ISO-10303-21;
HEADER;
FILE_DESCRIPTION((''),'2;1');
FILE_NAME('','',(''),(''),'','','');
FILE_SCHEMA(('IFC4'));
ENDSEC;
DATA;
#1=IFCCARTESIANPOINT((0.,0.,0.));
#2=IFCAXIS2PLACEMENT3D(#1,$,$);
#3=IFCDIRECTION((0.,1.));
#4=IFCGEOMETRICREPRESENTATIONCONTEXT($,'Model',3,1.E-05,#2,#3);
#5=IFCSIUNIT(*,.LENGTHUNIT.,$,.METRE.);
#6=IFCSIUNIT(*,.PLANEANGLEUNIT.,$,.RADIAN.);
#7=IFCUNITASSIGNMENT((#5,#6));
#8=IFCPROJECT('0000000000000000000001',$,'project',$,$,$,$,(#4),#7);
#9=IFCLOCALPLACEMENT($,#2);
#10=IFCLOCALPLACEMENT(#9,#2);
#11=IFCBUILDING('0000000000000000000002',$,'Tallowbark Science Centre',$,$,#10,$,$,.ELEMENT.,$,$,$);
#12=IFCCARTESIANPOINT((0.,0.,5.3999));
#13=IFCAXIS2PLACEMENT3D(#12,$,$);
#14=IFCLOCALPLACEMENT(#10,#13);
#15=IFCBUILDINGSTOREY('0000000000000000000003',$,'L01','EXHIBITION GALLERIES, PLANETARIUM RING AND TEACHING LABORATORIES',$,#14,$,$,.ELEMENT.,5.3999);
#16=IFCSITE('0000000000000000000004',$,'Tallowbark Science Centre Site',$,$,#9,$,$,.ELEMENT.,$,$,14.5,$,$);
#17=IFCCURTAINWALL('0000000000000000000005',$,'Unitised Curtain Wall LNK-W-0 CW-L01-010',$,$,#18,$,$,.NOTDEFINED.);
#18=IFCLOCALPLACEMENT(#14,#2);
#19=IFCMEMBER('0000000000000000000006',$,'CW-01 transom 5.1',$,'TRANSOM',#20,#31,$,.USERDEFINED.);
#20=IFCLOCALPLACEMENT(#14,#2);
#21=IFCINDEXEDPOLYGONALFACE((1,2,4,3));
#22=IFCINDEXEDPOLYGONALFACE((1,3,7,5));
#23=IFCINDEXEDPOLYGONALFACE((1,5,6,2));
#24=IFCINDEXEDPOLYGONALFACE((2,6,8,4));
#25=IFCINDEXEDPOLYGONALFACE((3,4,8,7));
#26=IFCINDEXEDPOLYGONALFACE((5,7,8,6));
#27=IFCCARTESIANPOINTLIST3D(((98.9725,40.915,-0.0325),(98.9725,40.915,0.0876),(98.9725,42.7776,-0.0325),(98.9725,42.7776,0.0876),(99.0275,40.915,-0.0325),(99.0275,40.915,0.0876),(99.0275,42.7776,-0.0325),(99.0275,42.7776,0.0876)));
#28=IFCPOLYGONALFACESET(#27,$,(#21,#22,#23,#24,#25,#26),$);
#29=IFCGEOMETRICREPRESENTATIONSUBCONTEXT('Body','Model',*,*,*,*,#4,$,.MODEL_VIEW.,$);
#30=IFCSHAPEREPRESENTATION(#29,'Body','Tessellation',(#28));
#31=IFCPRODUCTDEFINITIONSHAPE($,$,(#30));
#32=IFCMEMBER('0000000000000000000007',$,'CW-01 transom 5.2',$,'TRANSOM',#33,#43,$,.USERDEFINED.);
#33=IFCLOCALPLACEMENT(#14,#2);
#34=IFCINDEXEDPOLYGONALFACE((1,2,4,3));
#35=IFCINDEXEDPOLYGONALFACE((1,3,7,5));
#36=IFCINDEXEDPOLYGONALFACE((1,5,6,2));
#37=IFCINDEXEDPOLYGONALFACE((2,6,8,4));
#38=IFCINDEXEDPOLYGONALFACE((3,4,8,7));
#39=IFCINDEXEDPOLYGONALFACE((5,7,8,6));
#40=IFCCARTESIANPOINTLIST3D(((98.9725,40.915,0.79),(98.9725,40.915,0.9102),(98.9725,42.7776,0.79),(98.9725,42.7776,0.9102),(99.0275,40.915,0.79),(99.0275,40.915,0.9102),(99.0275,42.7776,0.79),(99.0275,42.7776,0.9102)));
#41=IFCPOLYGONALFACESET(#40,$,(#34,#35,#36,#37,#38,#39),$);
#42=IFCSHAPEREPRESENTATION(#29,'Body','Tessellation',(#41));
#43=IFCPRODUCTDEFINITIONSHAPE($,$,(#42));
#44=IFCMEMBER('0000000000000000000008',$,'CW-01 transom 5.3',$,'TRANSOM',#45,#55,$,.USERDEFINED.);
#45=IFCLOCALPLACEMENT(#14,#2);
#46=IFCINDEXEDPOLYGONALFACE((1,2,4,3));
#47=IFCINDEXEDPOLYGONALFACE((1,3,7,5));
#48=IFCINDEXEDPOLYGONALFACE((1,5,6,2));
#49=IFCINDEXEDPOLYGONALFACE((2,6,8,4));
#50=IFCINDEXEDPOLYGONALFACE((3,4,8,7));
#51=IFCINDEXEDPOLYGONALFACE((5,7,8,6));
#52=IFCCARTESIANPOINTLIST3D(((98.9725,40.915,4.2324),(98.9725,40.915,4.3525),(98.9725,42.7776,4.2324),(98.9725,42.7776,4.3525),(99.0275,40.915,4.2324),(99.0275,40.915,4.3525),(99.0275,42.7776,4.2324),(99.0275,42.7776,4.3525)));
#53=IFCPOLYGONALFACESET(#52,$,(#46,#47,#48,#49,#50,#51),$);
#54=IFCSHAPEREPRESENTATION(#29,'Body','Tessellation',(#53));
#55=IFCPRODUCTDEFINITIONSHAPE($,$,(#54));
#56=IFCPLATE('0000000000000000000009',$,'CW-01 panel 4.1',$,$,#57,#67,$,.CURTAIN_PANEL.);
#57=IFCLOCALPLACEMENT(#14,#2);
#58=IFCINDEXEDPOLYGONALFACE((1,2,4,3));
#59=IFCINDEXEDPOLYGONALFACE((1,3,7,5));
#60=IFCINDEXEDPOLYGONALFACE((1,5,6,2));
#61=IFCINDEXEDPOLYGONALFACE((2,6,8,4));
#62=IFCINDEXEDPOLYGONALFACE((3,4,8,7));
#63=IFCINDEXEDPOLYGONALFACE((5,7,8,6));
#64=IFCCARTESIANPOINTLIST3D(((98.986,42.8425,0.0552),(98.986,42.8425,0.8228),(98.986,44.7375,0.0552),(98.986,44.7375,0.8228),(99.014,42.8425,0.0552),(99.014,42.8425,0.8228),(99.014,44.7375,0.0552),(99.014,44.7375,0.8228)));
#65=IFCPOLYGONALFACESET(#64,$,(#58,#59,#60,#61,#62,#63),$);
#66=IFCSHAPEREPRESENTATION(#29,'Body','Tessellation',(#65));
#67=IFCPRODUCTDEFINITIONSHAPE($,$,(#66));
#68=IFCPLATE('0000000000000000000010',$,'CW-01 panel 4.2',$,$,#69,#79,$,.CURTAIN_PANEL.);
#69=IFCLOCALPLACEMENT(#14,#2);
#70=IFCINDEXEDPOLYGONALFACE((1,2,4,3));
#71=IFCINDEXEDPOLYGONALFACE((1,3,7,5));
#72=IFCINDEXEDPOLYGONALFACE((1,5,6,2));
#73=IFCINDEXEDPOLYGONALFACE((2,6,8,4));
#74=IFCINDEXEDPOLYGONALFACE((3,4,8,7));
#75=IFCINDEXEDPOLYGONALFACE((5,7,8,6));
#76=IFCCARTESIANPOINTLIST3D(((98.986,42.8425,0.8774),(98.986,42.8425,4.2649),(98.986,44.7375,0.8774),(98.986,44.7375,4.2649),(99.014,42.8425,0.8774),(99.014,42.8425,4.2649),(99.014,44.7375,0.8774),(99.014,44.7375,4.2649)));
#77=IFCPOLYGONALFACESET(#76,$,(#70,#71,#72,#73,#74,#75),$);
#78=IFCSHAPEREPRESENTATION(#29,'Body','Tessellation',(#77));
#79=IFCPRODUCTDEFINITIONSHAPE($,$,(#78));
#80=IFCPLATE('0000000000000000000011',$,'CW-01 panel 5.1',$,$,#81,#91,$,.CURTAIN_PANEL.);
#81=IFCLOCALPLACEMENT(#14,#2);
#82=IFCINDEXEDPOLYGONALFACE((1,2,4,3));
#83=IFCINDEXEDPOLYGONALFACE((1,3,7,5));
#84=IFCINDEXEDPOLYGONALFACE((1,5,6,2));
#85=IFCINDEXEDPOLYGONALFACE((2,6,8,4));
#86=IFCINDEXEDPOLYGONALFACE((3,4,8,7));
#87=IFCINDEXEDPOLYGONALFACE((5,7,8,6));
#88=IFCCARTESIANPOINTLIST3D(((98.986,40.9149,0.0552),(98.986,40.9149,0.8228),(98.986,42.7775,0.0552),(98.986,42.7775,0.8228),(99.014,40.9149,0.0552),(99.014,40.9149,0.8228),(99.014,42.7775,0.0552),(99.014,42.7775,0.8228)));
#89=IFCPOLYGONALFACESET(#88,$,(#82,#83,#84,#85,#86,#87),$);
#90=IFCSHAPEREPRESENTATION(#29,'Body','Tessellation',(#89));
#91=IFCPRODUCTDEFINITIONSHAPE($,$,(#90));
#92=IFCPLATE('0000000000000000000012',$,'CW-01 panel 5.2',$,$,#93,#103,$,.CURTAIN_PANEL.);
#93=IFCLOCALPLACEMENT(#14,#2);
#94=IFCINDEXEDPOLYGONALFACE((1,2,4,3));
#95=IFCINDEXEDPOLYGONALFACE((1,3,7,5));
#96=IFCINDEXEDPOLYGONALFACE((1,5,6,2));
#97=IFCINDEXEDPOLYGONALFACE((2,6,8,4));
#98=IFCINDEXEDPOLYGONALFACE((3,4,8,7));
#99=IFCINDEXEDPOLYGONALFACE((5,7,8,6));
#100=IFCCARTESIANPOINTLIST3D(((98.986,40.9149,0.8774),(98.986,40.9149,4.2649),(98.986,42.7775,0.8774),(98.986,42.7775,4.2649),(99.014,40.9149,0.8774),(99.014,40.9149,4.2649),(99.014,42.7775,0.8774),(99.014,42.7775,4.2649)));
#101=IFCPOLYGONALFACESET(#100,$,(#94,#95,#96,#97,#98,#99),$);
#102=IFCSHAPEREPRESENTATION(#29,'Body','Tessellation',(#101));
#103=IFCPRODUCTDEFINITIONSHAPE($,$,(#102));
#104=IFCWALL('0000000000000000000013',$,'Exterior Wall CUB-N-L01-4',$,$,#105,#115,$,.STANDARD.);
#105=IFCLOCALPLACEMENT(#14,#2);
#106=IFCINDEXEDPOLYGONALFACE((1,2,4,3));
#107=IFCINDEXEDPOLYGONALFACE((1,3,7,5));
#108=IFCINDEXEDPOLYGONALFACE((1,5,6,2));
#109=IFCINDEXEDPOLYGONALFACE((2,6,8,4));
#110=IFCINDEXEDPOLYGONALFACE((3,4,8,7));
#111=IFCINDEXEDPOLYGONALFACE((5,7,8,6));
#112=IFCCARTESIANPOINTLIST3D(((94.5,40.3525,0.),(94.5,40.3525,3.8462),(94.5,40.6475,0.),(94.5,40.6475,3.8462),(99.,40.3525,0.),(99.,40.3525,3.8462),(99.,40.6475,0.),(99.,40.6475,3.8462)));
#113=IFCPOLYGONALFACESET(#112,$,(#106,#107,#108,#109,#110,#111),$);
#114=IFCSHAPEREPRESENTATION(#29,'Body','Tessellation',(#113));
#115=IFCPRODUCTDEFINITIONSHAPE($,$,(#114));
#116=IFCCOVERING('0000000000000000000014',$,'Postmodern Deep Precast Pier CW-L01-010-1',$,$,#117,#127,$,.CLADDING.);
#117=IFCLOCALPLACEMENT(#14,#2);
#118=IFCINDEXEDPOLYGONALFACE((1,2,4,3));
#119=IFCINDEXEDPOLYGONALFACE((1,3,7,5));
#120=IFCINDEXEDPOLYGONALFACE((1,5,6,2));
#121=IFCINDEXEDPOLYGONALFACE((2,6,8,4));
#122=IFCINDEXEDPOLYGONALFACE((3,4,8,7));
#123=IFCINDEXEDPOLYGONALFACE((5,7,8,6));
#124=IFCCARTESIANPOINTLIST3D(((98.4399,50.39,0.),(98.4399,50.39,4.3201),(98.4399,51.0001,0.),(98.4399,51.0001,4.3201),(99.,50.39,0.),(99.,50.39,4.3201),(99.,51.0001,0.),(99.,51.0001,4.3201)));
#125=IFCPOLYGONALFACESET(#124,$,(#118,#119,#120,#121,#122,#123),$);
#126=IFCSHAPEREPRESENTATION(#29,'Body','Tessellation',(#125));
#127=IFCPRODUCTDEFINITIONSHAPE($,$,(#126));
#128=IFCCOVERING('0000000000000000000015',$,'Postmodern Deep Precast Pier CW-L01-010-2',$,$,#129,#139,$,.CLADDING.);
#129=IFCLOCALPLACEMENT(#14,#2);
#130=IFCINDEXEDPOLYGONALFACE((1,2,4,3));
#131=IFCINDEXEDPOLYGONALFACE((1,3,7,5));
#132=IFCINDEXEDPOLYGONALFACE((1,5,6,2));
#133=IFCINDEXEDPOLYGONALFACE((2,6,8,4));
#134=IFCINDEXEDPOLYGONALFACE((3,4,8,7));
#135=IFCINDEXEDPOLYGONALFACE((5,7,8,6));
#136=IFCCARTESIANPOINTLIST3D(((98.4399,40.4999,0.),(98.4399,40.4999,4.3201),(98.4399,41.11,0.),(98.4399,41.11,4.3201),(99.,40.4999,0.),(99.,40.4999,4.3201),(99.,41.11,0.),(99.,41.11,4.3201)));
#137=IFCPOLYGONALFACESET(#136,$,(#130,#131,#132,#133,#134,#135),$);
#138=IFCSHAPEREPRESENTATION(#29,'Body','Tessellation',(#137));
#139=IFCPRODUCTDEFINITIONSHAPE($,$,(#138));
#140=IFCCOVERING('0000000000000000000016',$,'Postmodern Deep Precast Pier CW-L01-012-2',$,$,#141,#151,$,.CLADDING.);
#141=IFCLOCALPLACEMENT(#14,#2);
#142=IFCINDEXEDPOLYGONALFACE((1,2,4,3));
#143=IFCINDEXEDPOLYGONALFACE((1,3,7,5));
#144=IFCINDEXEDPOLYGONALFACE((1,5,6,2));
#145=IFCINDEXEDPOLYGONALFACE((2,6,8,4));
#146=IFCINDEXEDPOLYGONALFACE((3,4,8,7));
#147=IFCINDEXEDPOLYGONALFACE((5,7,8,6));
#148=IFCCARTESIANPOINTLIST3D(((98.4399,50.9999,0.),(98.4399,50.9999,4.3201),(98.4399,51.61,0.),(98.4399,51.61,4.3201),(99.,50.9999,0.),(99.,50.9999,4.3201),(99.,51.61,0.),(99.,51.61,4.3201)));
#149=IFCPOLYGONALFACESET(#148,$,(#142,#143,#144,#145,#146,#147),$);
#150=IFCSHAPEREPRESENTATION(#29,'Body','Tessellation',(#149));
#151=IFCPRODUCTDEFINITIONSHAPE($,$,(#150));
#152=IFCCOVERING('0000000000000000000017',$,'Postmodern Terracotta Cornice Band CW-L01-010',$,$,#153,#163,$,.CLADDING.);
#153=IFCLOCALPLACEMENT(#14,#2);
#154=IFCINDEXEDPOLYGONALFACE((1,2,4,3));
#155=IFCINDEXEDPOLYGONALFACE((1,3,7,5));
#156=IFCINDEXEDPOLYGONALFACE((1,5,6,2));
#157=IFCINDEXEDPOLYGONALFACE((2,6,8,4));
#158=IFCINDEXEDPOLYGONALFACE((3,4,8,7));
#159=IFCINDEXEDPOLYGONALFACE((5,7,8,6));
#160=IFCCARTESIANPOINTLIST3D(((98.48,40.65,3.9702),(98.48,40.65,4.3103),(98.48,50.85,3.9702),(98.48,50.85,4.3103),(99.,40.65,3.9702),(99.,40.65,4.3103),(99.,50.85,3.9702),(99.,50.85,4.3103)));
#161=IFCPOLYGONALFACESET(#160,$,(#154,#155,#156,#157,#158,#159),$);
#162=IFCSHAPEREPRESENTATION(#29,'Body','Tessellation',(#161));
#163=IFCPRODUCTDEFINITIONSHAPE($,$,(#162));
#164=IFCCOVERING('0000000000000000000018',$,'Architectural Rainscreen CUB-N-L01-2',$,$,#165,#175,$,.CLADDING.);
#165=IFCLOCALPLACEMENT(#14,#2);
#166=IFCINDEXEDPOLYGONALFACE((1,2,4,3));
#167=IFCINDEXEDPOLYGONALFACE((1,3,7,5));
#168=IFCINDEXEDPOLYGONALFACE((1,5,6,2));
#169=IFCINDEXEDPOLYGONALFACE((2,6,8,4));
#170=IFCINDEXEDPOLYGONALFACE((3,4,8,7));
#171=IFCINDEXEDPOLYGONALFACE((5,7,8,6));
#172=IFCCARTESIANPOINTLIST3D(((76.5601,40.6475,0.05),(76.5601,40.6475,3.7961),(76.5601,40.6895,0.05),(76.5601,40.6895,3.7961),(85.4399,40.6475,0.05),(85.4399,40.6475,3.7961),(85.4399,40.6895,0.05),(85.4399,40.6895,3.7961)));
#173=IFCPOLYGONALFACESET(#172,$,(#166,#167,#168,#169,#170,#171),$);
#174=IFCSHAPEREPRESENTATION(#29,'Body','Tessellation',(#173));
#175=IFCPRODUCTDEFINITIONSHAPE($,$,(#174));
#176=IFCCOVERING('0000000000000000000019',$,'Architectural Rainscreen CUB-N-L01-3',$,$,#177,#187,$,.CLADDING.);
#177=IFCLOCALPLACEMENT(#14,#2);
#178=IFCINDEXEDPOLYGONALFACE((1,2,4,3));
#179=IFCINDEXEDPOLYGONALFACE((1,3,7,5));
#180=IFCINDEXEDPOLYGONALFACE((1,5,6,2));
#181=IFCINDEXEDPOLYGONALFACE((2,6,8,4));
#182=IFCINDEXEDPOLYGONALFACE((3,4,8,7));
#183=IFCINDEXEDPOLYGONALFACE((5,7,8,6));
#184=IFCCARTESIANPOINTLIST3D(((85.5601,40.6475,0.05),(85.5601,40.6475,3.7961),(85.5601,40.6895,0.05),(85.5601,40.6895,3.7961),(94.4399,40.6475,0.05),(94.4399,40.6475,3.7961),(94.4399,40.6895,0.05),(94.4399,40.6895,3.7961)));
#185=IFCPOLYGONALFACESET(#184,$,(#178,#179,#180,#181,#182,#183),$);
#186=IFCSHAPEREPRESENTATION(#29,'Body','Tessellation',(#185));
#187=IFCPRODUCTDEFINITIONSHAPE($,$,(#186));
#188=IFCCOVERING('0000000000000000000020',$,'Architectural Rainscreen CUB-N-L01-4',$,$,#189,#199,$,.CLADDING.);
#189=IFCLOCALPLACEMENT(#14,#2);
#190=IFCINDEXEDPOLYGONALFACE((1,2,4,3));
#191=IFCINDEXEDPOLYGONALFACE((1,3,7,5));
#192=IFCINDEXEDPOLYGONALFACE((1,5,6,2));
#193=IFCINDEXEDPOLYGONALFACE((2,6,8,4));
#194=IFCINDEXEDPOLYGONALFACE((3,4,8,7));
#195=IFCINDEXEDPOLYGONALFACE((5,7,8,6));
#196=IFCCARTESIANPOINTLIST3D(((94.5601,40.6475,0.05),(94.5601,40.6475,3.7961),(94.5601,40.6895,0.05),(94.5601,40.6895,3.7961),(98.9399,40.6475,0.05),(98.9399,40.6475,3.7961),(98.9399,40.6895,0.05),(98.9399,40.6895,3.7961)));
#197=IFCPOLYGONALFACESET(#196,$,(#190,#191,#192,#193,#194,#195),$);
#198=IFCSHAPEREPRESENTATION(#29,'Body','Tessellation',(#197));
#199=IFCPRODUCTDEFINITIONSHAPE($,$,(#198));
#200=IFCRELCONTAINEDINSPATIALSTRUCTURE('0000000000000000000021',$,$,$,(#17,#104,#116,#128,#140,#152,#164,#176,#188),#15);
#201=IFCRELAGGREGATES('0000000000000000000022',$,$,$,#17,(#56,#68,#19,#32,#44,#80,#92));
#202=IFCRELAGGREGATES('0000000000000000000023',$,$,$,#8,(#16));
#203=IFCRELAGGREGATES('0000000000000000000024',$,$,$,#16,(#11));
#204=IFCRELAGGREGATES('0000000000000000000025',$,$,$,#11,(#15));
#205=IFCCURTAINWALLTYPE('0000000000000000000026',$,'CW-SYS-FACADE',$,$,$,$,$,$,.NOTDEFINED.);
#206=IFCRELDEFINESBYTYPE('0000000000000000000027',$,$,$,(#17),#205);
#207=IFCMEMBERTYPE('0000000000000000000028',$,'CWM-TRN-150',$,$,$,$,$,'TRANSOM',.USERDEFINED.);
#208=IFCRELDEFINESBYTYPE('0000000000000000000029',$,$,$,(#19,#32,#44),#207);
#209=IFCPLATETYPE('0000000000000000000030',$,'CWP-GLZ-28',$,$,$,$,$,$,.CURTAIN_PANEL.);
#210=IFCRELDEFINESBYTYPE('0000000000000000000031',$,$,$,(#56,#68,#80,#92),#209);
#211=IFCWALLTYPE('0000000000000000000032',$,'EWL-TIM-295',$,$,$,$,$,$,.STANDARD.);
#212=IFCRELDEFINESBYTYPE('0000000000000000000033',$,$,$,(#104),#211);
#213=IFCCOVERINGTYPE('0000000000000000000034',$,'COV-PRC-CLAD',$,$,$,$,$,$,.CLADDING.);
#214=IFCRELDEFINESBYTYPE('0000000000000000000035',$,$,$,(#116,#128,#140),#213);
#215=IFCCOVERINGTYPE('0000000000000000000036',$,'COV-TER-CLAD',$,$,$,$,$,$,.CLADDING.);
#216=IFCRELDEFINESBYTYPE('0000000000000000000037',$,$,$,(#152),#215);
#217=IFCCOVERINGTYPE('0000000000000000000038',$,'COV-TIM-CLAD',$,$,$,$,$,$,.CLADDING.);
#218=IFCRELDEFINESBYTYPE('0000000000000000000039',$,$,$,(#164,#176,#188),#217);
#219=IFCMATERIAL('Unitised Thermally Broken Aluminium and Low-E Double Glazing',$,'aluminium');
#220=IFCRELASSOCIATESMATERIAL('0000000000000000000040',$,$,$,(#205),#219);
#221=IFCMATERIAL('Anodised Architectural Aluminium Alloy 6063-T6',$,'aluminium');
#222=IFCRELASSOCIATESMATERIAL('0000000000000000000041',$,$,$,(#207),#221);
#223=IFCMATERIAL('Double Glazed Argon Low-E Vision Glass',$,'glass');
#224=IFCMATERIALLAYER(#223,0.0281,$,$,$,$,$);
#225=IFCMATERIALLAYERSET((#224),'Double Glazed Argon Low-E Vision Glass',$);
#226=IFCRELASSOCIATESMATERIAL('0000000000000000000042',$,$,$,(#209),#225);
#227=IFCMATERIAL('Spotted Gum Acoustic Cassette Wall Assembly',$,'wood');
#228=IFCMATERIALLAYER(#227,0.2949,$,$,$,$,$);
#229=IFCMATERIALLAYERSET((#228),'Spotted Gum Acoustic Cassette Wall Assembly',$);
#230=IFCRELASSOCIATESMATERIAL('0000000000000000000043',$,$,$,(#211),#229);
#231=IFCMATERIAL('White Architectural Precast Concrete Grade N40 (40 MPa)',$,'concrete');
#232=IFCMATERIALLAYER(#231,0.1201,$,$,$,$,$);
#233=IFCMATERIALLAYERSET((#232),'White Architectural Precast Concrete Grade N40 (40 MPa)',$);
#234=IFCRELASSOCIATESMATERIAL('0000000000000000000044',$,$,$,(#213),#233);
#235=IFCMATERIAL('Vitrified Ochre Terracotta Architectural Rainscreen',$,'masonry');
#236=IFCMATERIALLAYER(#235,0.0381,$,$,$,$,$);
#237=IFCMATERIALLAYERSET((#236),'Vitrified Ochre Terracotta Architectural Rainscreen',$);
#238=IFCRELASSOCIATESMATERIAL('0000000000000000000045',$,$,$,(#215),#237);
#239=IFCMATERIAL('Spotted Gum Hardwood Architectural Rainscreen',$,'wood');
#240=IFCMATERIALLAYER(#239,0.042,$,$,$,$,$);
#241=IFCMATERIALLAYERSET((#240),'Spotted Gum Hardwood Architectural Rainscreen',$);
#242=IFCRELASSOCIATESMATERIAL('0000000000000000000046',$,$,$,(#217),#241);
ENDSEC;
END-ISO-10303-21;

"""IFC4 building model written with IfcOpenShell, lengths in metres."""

from ifc_helpers import new_model, si_unit, direction, frame, frame_2d, origin, origin_2d, place, context, subcontext, project, spatial, rectangle, extrude, material, layer, layer_set, material_profile, profile_set, type_object, element, aggregate, save


model = new_model("IFC4")

# Units and contexts
model_context = context("Model", 3, precision=1e-05, world=origin(), true_north=direction((0.0, 1.0)))
body_context = subcontext(model_context, "Body", "Model", "MODEL_VIEW")
ifc_project = project(units=[si_unit("LENGTHUNIT", "METRE"), si_unit("PLANEANGLEUNIT", "RADIAN")], contexts=[model_context])

# Site, building, storey
site_placement = place(None, origin())
site = spatial("IfcSite", under=ifc_project, at=site_placement, Name="Tallowbark Science Centre Site", CompositionType="ELEMENT", RefElevation=14.5)
building_placement = place(site_placement, origin())
building = spatial("IfcBuilding", under=site, at=building_placement, Name="Tallowbark Science Centre", CompositionType="ELEMENT")
storey_placement = place(building_placement, frame((0.0, 0.0, 5.3999)))
storey = spatial("IfcBuildingStorey", under=building, at=storey_placement, Name="L01", Description="EXHIBITION GALLERIES, PLANETARIUM RING AND TEACHING LABORATORIES", CompositionType="ELEMENT", Elevation=5.3999)

# Curtain wall, members, plates
ifc_material_1 = material(Name="Unitised Thermally Broken Aluminium and Low-E Double Glazing", Category="aluminium")
curtain_wall_type = type_object("IfcCurtainWallType", Name="CW-SYS-FACADE", PredefinedType="NOTDEFINED", material=ifc_material_1)
curtain_wall_placement = place(storey_placement, origin())
curtain_wall = element("IfcCurtainWall", 1, at=curtain_wall_placement, inside=storey, type_object=curtain_wall_type, Name="Unitised Curtain Wall LNK-W-0 CW-L01-010", PredefinedType="NOTDEFINED")
ifc_material_2 = material(Name="Anodised Architectural Aluminium Alloy 6063-T6", Category="aluminium")
ifc_material_profile_1 = material_profile(ifc_material_2, rectangle(XDim=0.0549, YDim=0.1201, at=origin_2d()), Name="ALU55x120")
ifc_profile_set_1 = profile_set([ifc_material_profile_1], Name="Anodised Architectural Aluminium Alloy 6063-T6")
member_type_1 = type_object("IfcMemberType", Name="CWM-TRN-150", ElementType="TRANSOM", PredefinedType="USERDEFINED", material=ifc_profile_set_1)
member_1_placement = place(storey_placement, frame((99.0, 42.7776, 0.0276), z_axis=(0.0, -1.0, 0.0), x_axis=(1.0, 0.0, 0.0)))
member_1 = element("IfcMember", 2, at=member_1_placement, type_object=member_type_1, Name="CW-01 transom 5.1", ObjectType="TRANSOM", PredefinedType="USERDEFINED", context=body_context, shape_type="SweptSolid", body=[
    extrude(rectangle(XDim=0.0549, YDim=0.1201, at=origin_2d()), origin(), (0.0, 0.0, 1.0), 1.8625),
])
member_2_placement = place(storey_placement, frame((99.0, 42.7776, 0.8501), z_axis=(0.0, -1.0, 0.0), x_axis=(1.0, 0.0, 0.0)))
member_2 = element("IfcMember", 3, at=member_2_placement, type_object=member_type_1, Name="CW-01 transom 5.2", ObjectType="TRANSOM", PredefinedType="USERDEFINED", context=body_context, shape_type="SweptSolid", body=[
    extrude(rectangle(XDim=0.0549, YDim=0.1201, at=origin_2d()), origin(), (0.0, 0.0, 1.0), 1.8625),
])
member_3_placement = place(storey_placement, frame((99.0, 42.7776, 4.2925), z_axis=(0.0, -1.0, 0.0), x_axis=(1.0, 0.0, 0.0)))
member_3 = element("IfcMember", 4, at=member_3_placement, type_object=member_type_1, Name="CW-01 transom 5.3", ObjectType="TRANSOM", PredefinedType="USERDEFINED", context=body_context, shape_type="SweptSolid", body=[
    extrude(rectangle(XDim=0.0549, YDim=0.1201, at=origin_2d()), origin(), (0.0, 0.0, 1.0), 1.8625),
])
ifc_material_3 = material(Name="Double Glazed Argon Low-E Vision Glass", Category="glass")
ifc_layer_1 = layer(ifc_material_3, 0.0281)
ifc_layer_set_1 = layer_set([ifc_layer_1], Name="Double Glazed Argon Low-E Vision Glass")
plate_type = type_object("IfcPlateType", Name="CWP-GLZ-28", PredefinedType="CURTAIN_PANEL", material=ifc_layer_set_1)
plate_1_placement = place(storey_placement, frame((99.0, 43.79, 0.0552), z_axis=(0.0, 0.0, 1.0), x_axis=(0.0, -1.0, 0.0)))
plate_1 = element("IfcPlate", 5, at=plate_1_placement, type_object=plate_type, Name="CW-01 panel 4.1", PredefinedType="CURTAIN_PANEL", context=body_context, shape_type="SweptSolid", body=[
    extrude(rectangle(XDim=1.895, YDim=0.0281, at=origin_2d()), origin(), (0.0, 0.0, 1.0), 0.7676),
])
plate_2_placement = place(storey_placement, frame((99.0, 43.79, 0.8774), z_axis=(0.0, 0.0, 1.0), x_axis=(0.0, -1.0, 0.0)))
plate_2 = element("IfcPlate", 6, at=plate_2_placement, type_object=plate_type, Name="CW-01 panel 4.2", PredefinedType="CURTAIN_PANEL", context=body_context, shape_type="SweptSolid", body=[
    extrude(rectangle(XDim=1.895, YDim=0.0281, at=origin_2d()), origin(), (0.0, 0.0, 1.0), 3.3875),
])
plate_3_placement = place(storey_placement, frame((99.0, 41.8462, 0.0552), z_axis=(0.0, 0.0, 1.0), x_axis=(0.0, -1.0, 0.0)))
plate_3 = element("IfcPlate", 7, at=plate_3_placement, type_object=plate_type, Name="CW-01 panel 5.1", PredefinedType="CURTAIN_PANEL", context=body_context, shape_type="SweptSolid", body=[
    extrude(rectangle(XDim=1.8625, YDim=0.0281, at=origin_2d()), origin(), (0.0, 0.0, 1.0), 0.7676),
])
plate_4_placement = place(storey_placement, frame((99.0, 41.8462, 0.8774), z_axis=(0.0, 0.0, 1.0), x_axis=(0.0, -1.0, 0.0)))
plate_4 = element("IfcPlate", 8, at=plate_4_placement, type_object=plate_type, Name="CW-01 panel 5.2", PredefinedType="CURTAIN_PANEL", context=body_context, shape_type="SweptSolid", body=[
    extrude(rectangle(XDim=1.8625, YDim=0.0281, at=origin_2d()), origin(), (0.0, 0.0, 1.0), 3.3875),
])
aggregate(curtain_wall, [plate_1, plate_2, member_1, member_2, member_3, plate_3, plate_4])

# Wall
ifc_material_4 = material(Name="Spotted Gum Acoustic Cassette Wall Assembly", Category="wood")
ifc_layer_2 = layer(ifc_material_4, 0.2949)
ifc_layer_set_2 = layer_set([ifc_layer_2], Name="Spotted Gum Acoustic Cassette Wall Assembly")
wall_type = type_object("IfcWallType", Name="EWL-TIM-295", PredefinedType="STANDARD", material=ifc_layer_set_2)
wall_placement = place(storey_placement, frame((99.0, 40.5, 0.0), z_axis=(0.0, 0.0, 1.0), x_axis=(-1.0, 0.0, 0.0)))
element("IfcWall", 9, at=wall_placement, inside=storey, type_object=wall_type, Name="Exterior Wall CUB-N-L01-4", PredefinedType="STANDARD", context=body_context, shape_type="SweptSolid", body=[
    extrude(rectangle(XDim=4.5, YDim=0.2949, at=frame_2d((2.25, 0.0))), origin(), (0.0, 0.0, 1.0), 3.8462),
])

# Coverings
ifc_material_5 = material(Name="White Architectural Precast Concrete Grade N40 (40 MPa)", Category="concrete")
ifc_layer_3 = layer(ifc_material_5, 0.1201)
ifc_layer_set_3 = layer_set([ifc_layer_3], Name="White Architectural Precast Concrete Grade N40 (40 MPa)")
covering_type_1 = type_object("IfcCoveringType", Name="COV-PRC-CLAD", PredefinedType="CLADDING", material=ifc_layer_set_3)
for number, where, z_axis, x_axis, name in (
    (10, (98.72, 50.6951, 0.0), (0.0, 0.0, 1.0), (0.0, -1.0, 0.0), "Postmodern Deep Precast Pier CW-L01-010-1"),
    (11, (98.72, 40.8049, 0.0), (0.0, 0.0, 1.0), (0.0, -1.0, 0.0), "Postmodern Deep Precast Pier CW-L01-010-2"),
    (12, (98.72, 51.3049, 0.0), (0.0, 0.0, 1.0), (0.0, -1.0, 0.0), "Postmodern Deep Precast Pier CW-L01-012-2"),
):
    element("IfcCovering", number, at=place(storey_placement, frame(where, z_axis=z_axis, x_axis=x_axis)), inside=storey, type_object=covering_type_1, Name=name, PredefinedType="CLADDING", context=body_context, shape_type="SweptSolid", body=[
        extrude(rectangle(XDim=0.6101, YDim=0.5601, at=origin_2d()), origin(), (0.0, 0.0, 1.0), 4.3201),
    ])
ifc_material_6 = material(Name="Vitrified Ochre Terracotta Architectural Rainscreen", Category="masonry")
ifc_layer_4 = layer(ifc_material_6, 0.0381)
ifc_layer_set_4 = layer_set([ifc_layer_4], Name="Vitrified Ochre Terracotta Architectural Rainscreen")
covering_type_2 = type_object("IfcCoveringType", Name="COV-TER-CLAD", PredefinedType="CLADDING", material=ifc_layer_set_4)
covering_1_placement = place(storey_placement, frame((98.74, 45.75, 3.9702), z_axis=(0.0, 0.0, 1.0), x_axis=(0.0, -1.0, 0.0)))
element("IfcCovering", 13, at=covering_1_placement, inside=storey, type_object=covering_type_2, Name="Postmodern Terracotta Cornice Band CW-L01-010", PredefinedType="CLADDING", context=body_context, shape_type="SweptSolid", body=[
    extrude(rectangle(XDim=10.2, YDim=0.52, at=origin_2d()), origin(), (0.0, 0.0, 1.0), 0.3401),
])
ifc_material_7 = material(Name="Spotted Gum Hardwood Architectural Rainscreen", Category="wood")
ifc_layer_5 = layer(ifc_material_7, 0.042)
ifc_layer_set_5 = layer_set([ifc_layer_5], Name="Spotted Gum Hardwood Architectural Rainscreen")
covering_type_3 = type_object("IfcCoveringType", Name="COV-TIM-CLAD", PredefinedType="CLADDING", material=ifc_layer_set_5)
for number, where, z_axis, x_axis, name in (
    (14, (81.0, 40.6685, 0.05), (0.0, 0.0, 1.0), (-1.0, 0.0, 0.0), "Architectural Rainscreen CUB-N-L01-2"),
    (15, (90.0, 40.6685, 0.05), (0.0, 0.0, 1.0), (-1.0, 0.0, 0.0), "Architectural Rainscreen CUB-N-L01-3"),
):
    element("IfcCovering", number, at=place(storey_placement, frame(where, z_axis=z_axis, x_axis=x_axis)), inside=storey, type_object=covering_type_3, Name=name, PredefinedType="CLADDING", context=body_context, shape_type="SweptSolid", body=[
        extrude(rectangle(XDim=8.8799, YDim=0.042, at=origin_2d()), origin(), (0.0, 0.0, 1.0), 3.7461),
    ])
covering_2_placement = place(storey_placement, frame((96.75, 40.6685, 0.05), z_axis=(0.0, 0.0, 1.0), x_axis=(-1.0, 0.0, 0.0)))
element("IfcCovering", 16, at=covering_2_placement, inside=storey, type_object=covering_type_3, Name="Architectural Rainscreen CUB-N-L01-4", PredefinedType="CLADDING", context=body_context, shape_type="SweptSolid", body=[
    extrude(rectangle(XDim=4.3799, YDim=0.042, at=origin_2d()), origin(), (0.0, 0.0, 1.0), 3.7461),
])

save(model, "model.ifc")
